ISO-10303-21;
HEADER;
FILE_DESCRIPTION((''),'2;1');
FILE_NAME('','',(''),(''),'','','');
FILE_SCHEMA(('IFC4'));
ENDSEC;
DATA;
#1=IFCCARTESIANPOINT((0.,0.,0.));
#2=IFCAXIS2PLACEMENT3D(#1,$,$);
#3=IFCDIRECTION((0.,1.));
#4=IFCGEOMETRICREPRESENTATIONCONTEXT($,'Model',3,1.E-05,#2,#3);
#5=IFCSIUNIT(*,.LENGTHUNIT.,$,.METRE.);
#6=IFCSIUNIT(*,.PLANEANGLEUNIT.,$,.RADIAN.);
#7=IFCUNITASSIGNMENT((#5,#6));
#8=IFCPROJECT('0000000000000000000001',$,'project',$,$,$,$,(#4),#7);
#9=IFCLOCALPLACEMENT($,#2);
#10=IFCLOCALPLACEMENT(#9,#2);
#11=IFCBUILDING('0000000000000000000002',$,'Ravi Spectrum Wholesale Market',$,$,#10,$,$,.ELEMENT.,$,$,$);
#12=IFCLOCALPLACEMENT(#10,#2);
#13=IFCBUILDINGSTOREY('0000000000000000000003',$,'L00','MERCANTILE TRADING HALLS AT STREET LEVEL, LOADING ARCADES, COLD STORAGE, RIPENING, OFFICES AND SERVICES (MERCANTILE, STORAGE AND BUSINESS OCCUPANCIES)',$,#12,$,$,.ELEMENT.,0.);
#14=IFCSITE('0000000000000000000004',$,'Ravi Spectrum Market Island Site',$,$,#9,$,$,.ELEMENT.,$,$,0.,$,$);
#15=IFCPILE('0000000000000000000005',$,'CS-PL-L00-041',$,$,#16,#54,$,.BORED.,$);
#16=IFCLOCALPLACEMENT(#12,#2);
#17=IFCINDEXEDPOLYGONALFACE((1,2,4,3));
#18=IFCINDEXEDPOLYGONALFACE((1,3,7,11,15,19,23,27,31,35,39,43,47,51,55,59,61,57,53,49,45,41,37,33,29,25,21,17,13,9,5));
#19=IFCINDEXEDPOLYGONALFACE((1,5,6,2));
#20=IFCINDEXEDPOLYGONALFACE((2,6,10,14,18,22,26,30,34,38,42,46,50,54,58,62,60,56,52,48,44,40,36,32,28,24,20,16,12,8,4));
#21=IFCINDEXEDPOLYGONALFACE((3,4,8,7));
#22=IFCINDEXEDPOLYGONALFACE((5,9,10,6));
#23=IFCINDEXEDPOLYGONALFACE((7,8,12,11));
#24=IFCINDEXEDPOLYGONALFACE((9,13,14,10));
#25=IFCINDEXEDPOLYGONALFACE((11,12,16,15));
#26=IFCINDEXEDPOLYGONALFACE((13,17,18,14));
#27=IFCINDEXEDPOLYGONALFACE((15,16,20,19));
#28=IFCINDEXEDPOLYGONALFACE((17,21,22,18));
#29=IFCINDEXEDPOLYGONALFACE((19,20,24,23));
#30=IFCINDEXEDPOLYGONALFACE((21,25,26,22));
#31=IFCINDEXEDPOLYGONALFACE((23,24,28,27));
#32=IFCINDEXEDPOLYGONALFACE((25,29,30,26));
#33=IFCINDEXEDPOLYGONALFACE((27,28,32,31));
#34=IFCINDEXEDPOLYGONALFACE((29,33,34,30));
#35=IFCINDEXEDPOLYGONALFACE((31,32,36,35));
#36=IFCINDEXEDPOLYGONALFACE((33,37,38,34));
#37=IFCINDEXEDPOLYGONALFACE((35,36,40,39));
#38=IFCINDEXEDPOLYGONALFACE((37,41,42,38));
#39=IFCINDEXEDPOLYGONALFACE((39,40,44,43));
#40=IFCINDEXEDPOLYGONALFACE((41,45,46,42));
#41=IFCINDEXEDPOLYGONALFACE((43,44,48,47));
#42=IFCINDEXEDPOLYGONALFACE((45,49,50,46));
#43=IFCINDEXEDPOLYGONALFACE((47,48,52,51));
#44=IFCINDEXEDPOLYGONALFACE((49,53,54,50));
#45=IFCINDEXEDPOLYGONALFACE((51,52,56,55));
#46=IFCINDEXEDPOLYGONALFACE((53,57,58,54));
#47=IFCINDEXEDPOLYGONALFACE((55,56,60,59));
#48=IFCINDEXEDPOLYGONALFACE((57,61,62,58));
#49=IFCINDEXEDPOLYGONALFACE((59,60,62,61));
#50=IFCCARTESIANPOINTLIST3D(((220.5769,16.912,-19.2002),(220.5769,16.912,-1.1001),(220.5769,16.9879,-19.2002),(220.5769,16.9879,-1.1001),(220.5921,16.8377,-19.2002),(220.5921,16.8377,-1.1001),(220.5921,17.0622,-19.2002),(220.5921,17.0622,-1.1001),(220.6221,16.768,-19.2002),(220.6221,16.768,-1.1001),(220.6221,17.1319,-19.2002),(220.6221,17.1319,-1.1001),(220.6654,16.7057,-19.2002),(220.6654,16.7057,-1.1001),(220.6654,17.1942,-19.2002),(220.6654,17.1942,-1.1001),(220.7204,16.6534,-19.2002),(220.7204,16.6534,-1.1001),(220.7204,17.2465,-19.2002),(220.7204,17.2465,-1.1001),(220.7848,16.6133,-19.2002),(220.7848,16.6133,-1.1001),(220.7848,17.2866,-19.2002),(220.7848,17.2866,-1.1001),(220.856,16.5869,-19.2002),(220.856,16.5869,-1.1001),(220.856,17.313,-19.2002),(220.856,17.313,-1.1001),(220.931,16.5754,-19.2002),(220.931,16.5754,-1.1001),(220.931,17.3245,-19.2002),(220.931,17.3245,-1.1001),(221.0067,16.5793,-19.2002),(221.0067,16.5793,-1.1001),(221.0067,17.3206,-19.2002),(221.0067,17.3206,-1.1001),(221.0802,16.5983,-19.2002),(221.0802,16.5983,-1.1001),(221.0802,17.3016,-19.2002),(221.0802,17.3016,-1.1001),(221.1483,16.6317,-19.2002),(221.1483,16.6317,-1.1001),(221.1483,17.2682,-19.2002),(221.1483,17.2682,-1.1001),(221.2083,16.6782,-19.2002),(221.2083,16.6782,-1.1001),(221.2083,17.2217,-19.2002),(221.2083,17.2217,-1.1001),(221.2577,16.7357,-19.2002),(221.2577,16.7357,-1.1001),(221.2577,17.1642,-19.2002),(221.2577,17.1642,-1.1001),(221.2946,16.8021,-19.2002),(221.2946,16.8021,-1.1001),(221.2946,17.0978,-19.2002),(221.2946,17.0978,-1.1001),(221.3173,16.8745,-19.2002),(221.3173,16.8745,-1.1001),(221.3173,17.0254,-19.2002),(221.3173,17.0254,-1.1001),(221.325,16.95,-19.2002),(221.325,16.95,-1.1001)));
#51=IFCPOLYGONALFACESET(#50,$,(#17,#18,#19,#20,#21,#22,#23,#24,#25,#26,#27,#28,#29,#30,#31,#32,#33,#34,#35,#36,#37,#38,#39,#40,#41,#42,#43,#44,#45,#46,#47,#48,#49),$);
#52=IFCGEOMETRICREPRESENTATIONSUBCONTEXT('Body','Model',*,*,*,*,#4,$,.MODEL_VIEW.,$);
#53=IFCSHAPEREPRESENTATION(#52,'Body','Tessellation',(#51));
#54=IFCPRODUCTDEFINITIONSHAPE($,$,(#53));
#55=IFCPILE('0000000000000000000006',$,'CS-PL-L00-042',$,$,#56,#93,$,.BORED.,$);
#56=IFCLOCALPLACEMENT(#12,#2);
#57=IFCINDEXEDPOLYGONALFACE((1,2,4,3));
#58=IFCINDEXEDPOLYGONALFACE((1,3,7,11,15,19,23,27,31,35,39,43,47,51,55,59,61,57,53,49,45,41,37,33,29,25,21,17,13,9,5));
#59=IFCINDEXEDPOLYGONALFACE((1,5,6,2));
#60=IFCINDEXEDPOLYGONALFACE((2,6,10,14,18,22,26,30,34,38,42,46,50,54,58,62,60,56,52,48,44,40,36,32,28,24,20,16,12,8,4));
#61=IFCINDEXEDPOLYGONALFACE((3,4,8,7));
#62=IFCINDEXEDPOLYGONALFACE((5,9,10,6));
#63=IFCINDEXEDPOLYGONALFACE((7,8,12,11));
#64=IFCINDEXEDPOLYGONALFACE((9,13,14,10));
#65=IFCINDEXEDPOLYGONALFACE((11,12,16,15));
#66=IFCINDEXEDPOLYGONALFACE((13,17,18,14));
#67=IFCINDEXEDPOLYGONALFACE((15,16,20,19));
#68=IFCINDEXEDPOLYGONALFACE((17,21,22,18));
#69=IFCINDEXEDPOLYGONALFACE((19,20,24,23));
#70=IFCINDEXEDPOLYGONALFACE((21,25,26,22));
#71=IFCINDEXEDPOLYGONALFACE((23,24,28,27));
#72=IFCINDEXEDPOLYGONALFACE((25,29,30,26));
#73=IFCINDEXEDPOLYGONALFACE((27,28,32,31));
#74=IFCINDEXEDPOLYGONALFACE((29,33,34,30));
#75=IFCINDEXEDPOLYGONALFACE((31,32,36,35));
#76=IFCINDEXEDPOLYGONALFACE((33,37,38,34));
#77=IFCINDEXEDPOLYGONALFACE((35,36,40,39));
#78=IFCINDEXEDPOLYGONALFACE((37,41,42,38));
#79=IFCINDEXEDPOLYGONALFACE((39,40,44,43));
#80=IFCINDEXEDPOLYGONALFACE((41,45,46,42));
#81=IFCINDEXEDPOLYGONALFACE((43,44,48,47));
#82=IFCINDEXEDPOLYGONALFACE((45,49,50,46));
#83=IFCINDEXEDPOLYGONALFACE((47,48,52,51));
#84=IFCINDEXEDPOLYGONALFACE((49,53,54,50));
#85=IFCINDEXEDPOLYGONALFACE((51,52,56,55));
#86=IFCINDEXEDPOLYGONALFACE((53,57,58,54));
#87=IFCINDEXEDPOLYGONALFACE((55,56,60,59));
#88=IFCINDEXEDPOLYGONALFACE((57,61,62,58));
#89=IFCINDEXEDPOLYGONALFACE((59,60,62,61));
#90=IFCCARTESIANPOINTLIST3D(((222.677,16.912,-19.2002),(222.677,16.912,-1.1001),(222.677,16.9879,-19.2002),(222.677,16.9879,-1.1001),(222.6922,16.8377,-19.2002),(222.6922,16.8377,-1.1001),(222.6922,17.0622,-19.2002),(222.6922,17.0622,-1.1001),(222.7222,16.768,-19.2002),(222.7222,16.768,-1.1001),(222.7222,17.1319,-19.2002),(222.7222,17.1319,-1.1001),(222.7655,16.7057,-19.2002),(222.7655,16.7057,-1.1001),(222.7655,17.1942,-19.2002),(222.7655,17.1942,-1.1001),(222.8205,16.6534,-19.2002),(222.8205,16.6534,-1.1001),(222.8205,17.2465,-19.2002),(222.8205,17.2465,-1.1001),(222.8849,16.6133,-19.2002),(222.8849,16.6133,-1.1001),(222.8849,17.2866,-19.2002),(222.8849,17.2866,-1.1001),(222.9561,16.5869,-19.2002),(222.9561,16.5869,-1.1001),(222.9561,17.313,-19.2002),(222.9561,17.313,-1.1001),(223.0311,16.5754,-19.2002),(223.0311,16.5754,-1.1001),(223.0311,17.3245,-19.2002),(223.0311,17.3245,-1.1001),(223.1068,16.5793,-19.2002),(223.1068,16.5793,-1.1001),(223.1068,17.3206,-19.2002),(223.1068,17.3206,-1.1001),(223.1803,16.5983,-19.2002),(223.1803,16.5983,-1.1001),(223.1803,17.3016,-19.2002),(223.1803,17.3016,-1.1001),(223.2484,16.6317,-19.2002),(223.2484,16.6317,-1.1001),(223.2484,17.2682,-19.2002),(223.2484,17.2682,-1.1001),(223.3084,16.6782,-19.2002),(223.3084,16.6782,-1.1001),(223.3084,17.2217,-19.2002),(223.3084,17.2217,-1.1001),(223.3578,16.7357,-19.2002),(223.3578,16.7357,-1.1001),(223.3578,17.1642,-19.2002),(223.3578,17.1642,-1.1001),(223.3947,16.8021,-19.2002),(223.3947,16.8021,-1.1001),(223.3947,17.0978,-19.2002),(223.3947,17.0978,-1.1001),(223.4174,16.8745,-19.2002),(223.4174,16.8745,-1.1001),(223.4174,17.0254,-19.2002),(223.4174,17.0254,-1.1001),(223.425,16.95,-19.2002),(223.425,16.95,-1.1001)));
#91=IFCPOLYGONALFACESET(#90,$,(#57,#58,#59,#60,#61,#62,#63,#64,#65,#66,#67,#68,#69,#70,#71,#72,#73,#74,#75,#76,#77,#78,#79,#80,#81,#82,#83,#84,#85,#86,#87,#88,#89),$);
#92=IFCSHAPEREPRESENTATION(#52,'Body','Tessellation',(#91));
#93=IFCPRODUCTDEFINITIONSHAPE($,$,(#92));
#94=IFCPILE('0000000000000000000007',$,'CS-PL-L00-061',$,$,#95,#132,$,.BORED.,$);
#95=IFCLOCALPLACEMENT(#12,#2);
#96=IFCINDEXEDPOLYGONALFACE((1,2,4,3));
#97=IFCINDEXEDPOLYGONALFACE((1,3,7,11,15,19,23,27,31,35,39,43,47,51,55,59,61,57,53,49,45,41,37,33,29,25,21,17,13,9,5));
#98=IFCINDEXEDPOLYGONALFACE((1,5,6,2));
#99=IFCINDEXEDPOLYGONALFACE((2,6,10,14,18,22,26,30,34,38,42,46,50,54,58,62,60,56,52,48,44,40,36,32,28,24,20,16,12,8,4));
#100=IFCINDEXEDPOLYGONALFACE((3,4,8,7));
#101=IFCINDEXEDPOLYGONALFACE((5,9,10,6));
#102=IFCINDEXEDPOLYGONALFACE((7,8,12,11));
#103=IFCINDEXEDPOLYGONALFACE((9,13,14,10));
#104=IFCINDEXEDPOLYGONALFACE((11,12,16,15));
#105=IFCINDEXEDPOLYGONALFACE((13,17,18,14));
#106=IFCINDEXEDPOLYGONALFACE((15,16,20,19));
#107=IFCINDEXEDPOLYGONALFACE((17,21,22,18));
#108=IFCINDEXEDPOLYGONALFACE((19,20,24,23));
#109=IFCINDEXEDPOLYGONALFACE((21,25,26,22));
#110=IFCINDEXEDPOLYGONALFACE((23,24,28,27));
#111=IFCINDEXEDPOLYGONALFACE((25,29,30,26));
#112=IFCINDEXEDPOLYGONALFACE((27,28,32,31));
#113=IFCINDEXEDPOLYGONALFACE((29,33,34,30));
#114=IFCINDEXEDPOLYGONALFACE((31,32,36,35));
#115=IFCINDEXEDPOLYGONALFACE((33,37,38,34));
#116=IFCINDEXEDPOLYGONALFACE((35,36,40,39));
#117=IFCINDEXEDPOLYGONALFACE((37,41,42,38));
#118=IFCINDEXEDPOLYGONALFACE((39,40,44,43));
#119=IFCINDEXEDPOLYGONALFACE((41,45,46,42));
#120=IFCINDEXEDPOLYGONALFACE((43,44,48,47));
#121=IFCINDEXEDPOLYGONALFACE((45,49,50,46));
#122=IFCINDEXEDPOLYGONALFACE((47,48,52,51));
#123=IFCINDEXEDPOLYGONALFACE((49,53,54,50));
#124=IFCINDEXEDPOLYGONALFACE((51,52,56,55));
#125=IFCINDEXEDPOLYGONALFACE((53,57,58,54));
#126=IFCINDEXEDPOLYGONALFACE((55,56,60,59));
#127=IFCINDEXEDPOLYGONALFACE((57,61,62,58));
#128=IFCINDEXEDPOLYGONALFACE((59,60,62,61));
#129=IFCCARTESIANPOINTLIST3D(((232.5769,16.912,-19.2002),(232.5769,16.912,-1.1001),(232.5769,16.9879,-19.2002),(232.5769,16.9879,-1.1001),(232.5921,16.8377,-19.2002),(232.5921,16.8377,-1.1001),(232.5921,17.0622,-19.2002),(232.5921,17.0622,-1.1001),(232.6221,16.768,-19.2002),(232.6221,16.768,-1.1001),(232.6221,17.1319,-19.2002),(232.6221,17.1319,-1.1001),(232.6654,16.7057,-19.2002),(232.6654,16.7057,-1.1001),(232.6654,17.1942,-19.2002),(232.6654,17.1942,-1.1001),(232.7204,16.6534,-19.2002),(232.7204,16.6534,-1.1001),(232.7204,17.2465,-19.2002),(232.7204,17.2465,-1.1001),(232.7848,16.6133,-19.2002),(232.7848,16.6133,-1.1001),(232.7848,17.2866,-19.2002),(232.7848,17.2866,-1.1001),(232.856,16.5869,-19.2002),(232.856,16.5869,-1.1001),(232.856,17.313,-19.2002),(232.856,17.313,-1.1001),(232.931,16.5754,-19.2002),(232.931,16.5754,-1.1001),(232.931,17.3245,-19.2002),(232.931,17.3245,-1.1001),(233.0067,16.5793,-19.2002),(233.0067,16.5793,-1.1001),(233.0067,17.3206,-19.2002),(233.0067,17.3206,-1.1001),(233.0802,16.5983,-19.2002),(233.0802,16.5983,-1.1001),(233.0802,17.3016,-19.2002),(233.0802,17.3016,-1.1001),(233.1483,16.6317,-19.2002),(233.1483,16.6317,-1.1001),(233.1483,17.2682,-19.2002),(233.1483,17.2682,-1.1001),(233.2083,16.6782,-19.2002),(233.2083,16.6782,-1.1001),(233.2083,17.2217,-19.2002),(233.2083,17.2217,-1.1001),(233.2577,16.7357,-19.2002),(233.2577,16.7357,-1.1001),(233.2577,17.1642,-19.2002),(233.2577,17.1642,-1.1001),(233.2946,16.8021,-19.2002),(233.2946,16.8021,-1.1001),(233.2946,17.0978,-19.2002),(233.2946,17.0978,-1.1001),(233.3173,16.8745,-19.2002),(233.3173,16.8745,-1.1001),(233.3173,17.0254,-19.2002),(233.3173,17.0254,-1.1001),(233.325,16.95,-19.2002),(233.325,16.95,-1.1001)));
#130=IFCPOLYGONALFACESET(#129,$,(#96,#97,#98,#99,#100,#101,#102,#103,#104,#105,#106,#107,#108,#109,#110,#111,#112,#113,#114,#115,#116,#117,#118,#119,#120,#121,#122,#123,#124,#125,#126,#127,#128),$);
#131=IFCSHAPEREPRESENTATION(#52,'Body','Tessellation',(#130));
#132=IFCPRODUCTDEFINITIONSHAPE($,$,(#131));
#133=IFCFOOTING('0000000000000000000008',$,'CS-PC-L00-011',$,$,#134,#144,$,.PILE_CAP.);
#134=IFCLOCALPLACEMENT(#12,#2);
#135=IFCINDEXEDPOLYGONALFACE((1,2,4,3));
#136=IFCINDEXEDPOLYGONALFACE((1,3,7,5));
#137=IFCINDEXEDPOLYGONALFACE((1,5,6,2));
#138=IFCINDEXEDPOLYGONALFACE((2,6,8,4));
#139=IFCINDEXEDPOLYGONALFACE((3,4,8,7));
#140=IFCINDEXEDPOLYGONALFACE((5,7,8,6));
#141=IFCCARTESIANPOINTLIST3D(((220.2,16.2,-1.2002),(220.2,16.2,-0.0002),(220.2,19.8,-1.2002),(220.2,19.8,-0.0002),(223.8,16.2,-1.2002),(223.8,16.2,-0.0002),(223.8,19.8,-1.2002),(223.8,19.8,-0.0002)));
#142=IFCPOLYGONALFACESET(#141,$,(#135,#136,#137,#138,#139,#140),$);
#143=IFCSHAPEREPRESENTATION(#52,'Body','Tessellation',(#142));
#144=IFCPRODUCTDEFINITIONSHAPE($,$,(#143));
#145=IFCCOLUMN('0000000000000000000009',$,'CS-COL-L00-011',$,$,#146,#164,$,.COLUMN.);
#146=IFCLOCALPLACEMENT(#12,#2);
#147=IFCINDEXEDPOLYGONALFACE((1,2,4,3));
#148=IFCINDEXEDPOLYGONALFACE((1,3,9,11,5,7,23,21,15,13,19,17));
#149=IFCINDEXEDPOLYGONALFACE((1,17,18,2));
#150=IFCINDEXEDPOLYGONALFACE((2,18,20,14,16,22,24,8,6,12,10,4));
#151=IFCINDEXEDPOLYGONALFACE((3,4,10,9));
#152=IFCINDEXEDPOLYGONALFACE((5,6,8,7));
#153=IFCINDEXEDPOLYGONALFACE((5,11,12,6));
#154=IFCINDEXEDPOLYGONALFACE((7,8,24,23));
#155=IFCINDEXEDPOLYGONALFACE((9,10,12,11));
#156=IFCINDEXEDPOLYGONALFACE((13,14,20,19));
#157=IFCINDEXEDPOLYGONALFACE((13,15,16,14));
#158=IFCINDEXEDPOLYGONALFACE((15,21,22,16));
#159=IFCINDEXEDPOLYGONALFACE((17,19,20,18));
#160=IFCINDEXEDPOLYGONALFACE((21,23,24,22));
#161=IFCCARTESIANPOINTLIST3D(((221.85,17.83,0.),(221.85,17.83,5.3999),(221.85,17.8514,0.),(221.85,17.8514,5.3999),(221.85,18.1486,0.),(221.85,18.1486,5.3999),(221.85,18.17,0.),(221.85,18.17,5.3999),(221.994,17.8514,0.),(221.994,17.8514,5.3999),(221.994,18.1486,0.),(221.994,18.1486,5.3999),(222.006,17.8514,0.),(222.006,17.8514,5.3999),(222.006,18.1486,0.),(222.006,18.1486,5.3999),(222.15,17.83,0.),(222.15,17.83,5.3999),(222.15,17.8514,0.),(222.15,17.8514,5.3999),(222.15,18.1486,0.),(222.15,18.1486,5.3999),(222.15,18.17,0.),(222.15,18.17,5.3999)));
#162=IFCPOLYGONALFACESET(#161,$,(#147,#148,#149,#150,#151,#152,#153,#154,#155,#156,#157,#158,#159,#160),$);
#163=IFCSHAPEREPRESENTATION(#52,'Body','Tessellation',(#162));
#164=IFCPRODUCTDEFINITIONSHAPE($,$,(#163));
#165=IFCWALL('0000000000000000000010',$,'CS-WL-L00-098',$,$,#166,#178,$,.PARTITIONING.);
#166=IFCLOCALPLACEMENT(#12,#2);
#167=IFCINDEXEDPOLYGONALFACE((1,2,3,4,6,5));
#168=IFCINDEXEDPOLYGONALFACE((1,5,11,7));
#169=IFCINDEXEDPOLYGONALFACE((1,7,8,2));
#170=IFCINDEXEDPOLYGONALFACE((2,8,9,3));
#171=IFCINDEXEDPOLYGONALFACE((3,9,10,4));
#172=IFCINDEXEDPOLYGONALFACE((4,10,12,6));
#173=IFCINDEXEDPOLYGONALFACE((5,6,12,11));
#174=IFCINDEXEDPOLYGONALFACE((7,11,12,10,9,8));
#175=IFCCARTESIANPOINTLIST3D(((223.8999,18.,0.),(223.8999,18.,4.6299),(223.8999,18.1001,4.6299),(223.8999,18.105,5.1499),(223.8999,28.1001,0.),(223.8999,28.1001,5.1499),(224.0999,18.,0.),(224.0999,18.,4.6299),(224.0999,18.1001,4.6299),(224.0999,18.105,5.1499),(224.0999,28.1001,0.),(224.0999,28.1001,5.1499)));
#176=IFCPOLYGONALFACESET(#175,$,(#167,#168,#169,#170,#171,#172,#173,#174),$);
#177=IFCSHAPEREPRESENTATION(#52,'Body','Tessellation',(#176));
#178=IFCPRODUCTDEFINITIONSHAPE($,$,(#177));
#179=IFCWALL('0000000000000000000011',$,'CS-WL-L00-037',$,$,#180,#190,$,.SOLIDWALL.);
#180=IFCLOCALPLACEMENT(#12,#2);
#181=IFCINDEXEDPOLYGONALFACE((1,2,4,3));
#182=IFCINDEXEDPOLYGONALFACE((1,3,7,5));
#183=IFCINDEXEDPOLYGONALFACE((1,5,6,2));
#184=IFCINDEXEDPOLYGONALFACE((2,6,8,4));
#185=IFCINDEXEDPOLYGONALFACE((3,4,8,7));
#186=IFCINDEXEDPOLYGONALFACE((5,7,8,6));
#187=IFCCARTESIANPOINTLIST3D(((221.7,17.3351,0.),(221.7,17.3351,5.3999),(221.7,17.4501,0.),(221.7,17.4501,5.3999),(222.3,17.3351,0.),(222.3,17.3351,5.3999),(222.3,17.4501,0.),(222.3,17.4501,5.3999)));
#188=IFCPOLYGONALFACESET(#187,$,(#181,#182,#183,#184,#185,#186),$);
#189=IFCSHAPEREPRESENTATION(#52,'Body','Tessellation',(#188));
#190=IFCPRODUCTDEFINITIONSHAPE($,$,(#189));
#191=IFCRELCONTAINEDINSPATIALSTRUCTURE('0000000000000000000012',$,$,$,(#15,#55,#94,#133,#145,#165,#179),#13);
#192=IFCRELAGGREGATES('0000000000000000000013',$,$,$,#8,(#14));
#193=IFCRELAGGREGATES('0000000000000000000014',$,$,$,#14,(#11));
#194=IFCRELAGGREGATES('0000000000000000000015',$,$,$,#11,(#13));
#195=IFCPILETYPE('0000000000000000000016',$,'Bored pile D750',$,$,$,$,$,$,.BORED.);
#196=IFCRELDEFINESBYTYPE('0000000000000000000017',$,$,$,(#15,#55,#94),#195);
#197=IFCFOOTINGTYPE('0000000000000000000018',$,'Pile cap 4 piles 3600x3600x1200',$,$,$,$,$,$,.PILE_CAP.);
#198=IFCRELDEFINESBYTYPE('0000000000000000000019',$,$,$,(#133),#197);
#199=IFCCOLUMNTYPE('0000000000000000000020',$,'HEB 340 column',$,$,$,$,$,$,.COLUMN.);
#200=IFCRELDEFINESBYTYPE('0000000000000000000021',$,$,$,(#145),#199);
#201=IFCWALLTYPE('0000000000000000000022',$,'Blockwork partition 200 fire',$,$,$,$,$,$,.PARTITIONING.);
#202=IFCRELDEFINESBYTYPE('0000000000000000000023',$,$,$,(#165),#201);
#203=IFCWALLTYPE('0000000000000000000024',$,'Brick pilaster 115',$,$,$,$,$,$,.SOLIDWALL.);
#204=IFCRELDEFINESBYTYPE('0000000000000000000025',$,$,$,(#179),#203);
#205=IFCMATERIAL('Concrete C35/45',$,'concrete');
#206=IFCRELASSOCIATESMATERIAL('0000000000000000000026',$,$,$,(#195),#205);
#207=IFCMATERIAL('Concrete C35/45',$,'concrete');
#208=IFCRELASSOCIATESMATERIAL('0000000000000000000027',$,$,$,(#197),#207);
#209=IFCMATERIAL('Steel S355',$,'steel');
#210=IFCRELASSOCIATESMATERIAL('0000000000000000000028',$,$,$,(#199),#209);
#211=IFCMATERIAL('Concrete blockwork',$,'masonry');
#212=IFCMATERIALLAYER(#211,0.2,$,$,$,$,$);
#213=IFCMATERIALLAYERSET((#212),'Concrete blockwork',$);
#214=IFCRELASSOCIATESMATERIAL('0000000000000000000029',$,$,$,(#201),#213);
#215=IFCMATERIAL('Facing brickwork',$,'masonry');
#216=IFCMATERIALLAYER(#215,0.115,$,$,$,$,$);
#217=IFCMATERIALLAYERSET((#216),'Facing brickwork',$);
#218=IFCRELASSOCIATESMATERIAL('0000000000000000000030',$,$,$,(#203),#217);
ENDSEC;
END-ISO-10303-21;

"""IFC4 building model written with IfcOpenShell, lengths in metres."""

from ifc_helpers import new_model, si_unit, direction, frame, frame_2d, origin, origin_2d, place, context, subcontext, project, spatial, polyline, rectangle, circle, i_section, outline, extrude, material, layer, layer_set, material_profile, profile_set, type_object, element, save


model = new_model("IFC4")

# Units and contexts
model_context = context("Model", 3, precision=1e-05, world=origin(), true_north=direction((0.0, 1.0)))
body_context = subcontext(model_context, "Body", "Model", "MODEL_VIEW")
ifc_project = project(units=[si_unit("LENGTHUNIT", "METRE"), si_unit("PLANEANGLEUNIT", "RADIAN")], contexts=[model_context])

# Site, building, storey
site_placement = place(None, origin())
site = spatial("IfcSite", under=ifc_project, at=site_placement, Name="Ravi Spectrum Market Island Site", CompositionType="ELEMENT", RefElevation=0.0)
building_placement = place(site_placement, origin())
building = spatial("IfcBuilding", under=site, at=building_placement, Name="Ravi Spectrum Wholesale Market", CompositionType="ELEMENT")
storey_placement = place(building_placement, origin())
storey = spatial("IfcBuildingStorey", under=building, at=storey_placement, Name="L00", Description="MERCANTILE TRADING HALLS AT STREET LEVEL, LOADING ARCADES, COLD STORAGE, RIPENING, OFFICES AND SERVICES (MERCANTILE, STORAGE AND BUSINESS OCCUPANCIES)", CompositionType="ELEMENT", Elevation=0.0)

# Piles
ifc_material_1 = material(Name="Concrete C35/45", Category="concrete")
ifc_material_profile_1 = material_profile(ifc_material_1, circle(Radius=0.375, at=origin_2d()))
ifc_profile_set_1 = profile_set([ifc_material_profile_1], Name="Concrete C35/45")
pile_type = type_object("IfcPileType", Name="Bored pile D750", PredefinedType="BORED", material=ifc_profile_set_1)
for number, where, z_axis, x_axis, name in (
    (1, (220.95, 16.95, -1.1001), (0.0, 0.0, -1.0), (1.0, 0.0, 0.0), "CS-PL-L00-041"),
    (2, (223.05, 16.95, -1.1001), (0.0, 0.0, -1.0), (1.0, 0.0, 0.0), "CS-PL-L00-042"),
    (3, (232.95, 16.95, -1.1001), (0.0, 0.0, -1.0), (1.0, 0.0, 0.0), "CS-PL-L00-061"),
):
    element("IfcPile", number, at=place(storey_placement, frame(where, z_axis=z_axis, x_axis=x_axis)), inside=storey, type_object=pile_type, Name=name, PredefinedType="BORED", context=body_context, shape_type="SweptSolid", body=[
        extrude(circle(Radius=0.375, at=origin_2d()), origin(), (0.0, 0.0, 1.0), 18.1001),
    ])

# Footing
ifc_material_2 = material(Name="Concrete C35/45", Category="concrete")
footing_type = type_object("IfcFootingType", Name="Pile cap 4 piles 3600x3600x1200", PredefinedType="PILE_CAP", material=ifc_material_2)
footing_placement = place(storey_placement, frame((222.0, 18.0, -1.2002), z_axis=(0.0, 0.0, 1.0), x_axis=(1.0, 0.0, 0.0)))
element("IfcFooting", 4, at=footing_placement, inside=storey, type_object=footing_type, Name="CS-PC-L00-011", PredefinedType="PILE_CAP", context=body_context, shape_type="SweptSolid", body=[
    extrude(rectangle(XDim=3.6001, YDim=3.6001, at=origin_2d()), origin(), (0.0, 0.0, 1.0), 1.2),
])

# Column
ifc_material_3 = material(Name="Steel S355", Category="steel")
ifc_material_profile_2 = material_profile(ifc_material_3, i_section(OverallWidth=0.3, OverallDepth=0.3401, WebThickness=0.012, FlangeThickness=0.0215, at=origin_2d()))
ifc_profile_set_2 = profile_set([ifc_material_profile_2], Name="Steel S355")
column_type = type_object("IfcColumnType", Name="HEB 340 column", PredefinedType="COLUMN", material=ifc_profile_set_2)
column_placement = place(storey_placement, frame((222.0, 18.0, 0.0), z_axis=(0.0, 0.0, 1.0), x_axis=(1.0, 0.0, 0.0)))
element("IfcColumn", 5, at=column_placement, inside=storey, type_object=column_type, Name="CS-COL-L00-011", PredefinedType="COLUMN", context=body_context, shape_type="SweptSolid", body=[
    extrude(i_section(OverallWidth=0.3, OverallDepth=0.3401, WebThickness=0.012, FlangeThickness=0.0215, at=origin_2d()), origin(), (0.0, 0.0, 1.0), 5.3999),
])

# Walls
ifc_material_4 = material(Name="Concrete blockwork", Category="masonry")
ifc_layer_1 = layer(ifc_material_4, 0.2)
ifc_layer_set_1 = layer_set([ifc_layer_1], Name="Concrete blockwork")
wall_type_1 = type_object("IfcWallType", Name="Blockwork partition 200 fire", PredefinedType="PARTITIONING", material=ifc_layer_set_1)
wall_placement = place(storey_placement, frame((224.0, 18.0, 0.0), z_axis=(0.0, 0.0, 1.0), x_axis=(0.0, 1.0, 0.0)))
element("IfcWall", 6, at=wall_placement, inside=storey, type_object=wall_type_1, Name="CS-WL-L00-098", PredefinedType="PARTITIONING", context=body_context, shape_type="SweptSolid", body=[
    extrude(outline(polyline([(0.0, 0.0), (10.1001, 0.0), (10.1001, 5.1499), (0.105, 5.1499), (0.1001, 4.6299), (0.0, 4.6299), (0.0, 0.0)])), frame((0.0, 0.1001, 0.0), z_axis=(0.0, -1.0, 0.0), x_axis=(1.0, 0.0, 0.0)), (0.0, 0.0, 1.0), 0.2),
])
ifc_material_5 = material(Name="Facing brickwork", Category="masonry")
ifc_layer_2 = layer(ifc_material_5, 0.115)
ifc_layer_set_2 = layer_set([ifc_layer_2], Name="Facing brickwork")
wall_type_2 = type_object("IfcWallType", Name="Brick pilaster 115", PredefinedType="SOLIDWALL", material=ifc_layer_set_2)
for number, where, z_axis, x_axis, name in (
    (7, (221.7, 17.3926, 0.0), (0.0, 0.0, 1.0), (1.0, 0.0, 0.0), "CS-WL-L00-037"),
):
    element("IfcWall", number, at=place(storey_placement, frame(where, z_axis=z_axis, x_axis=x_axis)), inside=storey, type_object=wall_type_2, Name=name, PredefinedType="SOLIDWALL", context=body_context, shape_type="SweptSolid", body=[
        extrude(rectangle(XDim=0.6001, YDim=0.115, at=frame_2d((0.3, 0.0))), origin(), (0.0, 0.0, 1.0), 5.3999),
    ])

save(model, "model.ifc")
